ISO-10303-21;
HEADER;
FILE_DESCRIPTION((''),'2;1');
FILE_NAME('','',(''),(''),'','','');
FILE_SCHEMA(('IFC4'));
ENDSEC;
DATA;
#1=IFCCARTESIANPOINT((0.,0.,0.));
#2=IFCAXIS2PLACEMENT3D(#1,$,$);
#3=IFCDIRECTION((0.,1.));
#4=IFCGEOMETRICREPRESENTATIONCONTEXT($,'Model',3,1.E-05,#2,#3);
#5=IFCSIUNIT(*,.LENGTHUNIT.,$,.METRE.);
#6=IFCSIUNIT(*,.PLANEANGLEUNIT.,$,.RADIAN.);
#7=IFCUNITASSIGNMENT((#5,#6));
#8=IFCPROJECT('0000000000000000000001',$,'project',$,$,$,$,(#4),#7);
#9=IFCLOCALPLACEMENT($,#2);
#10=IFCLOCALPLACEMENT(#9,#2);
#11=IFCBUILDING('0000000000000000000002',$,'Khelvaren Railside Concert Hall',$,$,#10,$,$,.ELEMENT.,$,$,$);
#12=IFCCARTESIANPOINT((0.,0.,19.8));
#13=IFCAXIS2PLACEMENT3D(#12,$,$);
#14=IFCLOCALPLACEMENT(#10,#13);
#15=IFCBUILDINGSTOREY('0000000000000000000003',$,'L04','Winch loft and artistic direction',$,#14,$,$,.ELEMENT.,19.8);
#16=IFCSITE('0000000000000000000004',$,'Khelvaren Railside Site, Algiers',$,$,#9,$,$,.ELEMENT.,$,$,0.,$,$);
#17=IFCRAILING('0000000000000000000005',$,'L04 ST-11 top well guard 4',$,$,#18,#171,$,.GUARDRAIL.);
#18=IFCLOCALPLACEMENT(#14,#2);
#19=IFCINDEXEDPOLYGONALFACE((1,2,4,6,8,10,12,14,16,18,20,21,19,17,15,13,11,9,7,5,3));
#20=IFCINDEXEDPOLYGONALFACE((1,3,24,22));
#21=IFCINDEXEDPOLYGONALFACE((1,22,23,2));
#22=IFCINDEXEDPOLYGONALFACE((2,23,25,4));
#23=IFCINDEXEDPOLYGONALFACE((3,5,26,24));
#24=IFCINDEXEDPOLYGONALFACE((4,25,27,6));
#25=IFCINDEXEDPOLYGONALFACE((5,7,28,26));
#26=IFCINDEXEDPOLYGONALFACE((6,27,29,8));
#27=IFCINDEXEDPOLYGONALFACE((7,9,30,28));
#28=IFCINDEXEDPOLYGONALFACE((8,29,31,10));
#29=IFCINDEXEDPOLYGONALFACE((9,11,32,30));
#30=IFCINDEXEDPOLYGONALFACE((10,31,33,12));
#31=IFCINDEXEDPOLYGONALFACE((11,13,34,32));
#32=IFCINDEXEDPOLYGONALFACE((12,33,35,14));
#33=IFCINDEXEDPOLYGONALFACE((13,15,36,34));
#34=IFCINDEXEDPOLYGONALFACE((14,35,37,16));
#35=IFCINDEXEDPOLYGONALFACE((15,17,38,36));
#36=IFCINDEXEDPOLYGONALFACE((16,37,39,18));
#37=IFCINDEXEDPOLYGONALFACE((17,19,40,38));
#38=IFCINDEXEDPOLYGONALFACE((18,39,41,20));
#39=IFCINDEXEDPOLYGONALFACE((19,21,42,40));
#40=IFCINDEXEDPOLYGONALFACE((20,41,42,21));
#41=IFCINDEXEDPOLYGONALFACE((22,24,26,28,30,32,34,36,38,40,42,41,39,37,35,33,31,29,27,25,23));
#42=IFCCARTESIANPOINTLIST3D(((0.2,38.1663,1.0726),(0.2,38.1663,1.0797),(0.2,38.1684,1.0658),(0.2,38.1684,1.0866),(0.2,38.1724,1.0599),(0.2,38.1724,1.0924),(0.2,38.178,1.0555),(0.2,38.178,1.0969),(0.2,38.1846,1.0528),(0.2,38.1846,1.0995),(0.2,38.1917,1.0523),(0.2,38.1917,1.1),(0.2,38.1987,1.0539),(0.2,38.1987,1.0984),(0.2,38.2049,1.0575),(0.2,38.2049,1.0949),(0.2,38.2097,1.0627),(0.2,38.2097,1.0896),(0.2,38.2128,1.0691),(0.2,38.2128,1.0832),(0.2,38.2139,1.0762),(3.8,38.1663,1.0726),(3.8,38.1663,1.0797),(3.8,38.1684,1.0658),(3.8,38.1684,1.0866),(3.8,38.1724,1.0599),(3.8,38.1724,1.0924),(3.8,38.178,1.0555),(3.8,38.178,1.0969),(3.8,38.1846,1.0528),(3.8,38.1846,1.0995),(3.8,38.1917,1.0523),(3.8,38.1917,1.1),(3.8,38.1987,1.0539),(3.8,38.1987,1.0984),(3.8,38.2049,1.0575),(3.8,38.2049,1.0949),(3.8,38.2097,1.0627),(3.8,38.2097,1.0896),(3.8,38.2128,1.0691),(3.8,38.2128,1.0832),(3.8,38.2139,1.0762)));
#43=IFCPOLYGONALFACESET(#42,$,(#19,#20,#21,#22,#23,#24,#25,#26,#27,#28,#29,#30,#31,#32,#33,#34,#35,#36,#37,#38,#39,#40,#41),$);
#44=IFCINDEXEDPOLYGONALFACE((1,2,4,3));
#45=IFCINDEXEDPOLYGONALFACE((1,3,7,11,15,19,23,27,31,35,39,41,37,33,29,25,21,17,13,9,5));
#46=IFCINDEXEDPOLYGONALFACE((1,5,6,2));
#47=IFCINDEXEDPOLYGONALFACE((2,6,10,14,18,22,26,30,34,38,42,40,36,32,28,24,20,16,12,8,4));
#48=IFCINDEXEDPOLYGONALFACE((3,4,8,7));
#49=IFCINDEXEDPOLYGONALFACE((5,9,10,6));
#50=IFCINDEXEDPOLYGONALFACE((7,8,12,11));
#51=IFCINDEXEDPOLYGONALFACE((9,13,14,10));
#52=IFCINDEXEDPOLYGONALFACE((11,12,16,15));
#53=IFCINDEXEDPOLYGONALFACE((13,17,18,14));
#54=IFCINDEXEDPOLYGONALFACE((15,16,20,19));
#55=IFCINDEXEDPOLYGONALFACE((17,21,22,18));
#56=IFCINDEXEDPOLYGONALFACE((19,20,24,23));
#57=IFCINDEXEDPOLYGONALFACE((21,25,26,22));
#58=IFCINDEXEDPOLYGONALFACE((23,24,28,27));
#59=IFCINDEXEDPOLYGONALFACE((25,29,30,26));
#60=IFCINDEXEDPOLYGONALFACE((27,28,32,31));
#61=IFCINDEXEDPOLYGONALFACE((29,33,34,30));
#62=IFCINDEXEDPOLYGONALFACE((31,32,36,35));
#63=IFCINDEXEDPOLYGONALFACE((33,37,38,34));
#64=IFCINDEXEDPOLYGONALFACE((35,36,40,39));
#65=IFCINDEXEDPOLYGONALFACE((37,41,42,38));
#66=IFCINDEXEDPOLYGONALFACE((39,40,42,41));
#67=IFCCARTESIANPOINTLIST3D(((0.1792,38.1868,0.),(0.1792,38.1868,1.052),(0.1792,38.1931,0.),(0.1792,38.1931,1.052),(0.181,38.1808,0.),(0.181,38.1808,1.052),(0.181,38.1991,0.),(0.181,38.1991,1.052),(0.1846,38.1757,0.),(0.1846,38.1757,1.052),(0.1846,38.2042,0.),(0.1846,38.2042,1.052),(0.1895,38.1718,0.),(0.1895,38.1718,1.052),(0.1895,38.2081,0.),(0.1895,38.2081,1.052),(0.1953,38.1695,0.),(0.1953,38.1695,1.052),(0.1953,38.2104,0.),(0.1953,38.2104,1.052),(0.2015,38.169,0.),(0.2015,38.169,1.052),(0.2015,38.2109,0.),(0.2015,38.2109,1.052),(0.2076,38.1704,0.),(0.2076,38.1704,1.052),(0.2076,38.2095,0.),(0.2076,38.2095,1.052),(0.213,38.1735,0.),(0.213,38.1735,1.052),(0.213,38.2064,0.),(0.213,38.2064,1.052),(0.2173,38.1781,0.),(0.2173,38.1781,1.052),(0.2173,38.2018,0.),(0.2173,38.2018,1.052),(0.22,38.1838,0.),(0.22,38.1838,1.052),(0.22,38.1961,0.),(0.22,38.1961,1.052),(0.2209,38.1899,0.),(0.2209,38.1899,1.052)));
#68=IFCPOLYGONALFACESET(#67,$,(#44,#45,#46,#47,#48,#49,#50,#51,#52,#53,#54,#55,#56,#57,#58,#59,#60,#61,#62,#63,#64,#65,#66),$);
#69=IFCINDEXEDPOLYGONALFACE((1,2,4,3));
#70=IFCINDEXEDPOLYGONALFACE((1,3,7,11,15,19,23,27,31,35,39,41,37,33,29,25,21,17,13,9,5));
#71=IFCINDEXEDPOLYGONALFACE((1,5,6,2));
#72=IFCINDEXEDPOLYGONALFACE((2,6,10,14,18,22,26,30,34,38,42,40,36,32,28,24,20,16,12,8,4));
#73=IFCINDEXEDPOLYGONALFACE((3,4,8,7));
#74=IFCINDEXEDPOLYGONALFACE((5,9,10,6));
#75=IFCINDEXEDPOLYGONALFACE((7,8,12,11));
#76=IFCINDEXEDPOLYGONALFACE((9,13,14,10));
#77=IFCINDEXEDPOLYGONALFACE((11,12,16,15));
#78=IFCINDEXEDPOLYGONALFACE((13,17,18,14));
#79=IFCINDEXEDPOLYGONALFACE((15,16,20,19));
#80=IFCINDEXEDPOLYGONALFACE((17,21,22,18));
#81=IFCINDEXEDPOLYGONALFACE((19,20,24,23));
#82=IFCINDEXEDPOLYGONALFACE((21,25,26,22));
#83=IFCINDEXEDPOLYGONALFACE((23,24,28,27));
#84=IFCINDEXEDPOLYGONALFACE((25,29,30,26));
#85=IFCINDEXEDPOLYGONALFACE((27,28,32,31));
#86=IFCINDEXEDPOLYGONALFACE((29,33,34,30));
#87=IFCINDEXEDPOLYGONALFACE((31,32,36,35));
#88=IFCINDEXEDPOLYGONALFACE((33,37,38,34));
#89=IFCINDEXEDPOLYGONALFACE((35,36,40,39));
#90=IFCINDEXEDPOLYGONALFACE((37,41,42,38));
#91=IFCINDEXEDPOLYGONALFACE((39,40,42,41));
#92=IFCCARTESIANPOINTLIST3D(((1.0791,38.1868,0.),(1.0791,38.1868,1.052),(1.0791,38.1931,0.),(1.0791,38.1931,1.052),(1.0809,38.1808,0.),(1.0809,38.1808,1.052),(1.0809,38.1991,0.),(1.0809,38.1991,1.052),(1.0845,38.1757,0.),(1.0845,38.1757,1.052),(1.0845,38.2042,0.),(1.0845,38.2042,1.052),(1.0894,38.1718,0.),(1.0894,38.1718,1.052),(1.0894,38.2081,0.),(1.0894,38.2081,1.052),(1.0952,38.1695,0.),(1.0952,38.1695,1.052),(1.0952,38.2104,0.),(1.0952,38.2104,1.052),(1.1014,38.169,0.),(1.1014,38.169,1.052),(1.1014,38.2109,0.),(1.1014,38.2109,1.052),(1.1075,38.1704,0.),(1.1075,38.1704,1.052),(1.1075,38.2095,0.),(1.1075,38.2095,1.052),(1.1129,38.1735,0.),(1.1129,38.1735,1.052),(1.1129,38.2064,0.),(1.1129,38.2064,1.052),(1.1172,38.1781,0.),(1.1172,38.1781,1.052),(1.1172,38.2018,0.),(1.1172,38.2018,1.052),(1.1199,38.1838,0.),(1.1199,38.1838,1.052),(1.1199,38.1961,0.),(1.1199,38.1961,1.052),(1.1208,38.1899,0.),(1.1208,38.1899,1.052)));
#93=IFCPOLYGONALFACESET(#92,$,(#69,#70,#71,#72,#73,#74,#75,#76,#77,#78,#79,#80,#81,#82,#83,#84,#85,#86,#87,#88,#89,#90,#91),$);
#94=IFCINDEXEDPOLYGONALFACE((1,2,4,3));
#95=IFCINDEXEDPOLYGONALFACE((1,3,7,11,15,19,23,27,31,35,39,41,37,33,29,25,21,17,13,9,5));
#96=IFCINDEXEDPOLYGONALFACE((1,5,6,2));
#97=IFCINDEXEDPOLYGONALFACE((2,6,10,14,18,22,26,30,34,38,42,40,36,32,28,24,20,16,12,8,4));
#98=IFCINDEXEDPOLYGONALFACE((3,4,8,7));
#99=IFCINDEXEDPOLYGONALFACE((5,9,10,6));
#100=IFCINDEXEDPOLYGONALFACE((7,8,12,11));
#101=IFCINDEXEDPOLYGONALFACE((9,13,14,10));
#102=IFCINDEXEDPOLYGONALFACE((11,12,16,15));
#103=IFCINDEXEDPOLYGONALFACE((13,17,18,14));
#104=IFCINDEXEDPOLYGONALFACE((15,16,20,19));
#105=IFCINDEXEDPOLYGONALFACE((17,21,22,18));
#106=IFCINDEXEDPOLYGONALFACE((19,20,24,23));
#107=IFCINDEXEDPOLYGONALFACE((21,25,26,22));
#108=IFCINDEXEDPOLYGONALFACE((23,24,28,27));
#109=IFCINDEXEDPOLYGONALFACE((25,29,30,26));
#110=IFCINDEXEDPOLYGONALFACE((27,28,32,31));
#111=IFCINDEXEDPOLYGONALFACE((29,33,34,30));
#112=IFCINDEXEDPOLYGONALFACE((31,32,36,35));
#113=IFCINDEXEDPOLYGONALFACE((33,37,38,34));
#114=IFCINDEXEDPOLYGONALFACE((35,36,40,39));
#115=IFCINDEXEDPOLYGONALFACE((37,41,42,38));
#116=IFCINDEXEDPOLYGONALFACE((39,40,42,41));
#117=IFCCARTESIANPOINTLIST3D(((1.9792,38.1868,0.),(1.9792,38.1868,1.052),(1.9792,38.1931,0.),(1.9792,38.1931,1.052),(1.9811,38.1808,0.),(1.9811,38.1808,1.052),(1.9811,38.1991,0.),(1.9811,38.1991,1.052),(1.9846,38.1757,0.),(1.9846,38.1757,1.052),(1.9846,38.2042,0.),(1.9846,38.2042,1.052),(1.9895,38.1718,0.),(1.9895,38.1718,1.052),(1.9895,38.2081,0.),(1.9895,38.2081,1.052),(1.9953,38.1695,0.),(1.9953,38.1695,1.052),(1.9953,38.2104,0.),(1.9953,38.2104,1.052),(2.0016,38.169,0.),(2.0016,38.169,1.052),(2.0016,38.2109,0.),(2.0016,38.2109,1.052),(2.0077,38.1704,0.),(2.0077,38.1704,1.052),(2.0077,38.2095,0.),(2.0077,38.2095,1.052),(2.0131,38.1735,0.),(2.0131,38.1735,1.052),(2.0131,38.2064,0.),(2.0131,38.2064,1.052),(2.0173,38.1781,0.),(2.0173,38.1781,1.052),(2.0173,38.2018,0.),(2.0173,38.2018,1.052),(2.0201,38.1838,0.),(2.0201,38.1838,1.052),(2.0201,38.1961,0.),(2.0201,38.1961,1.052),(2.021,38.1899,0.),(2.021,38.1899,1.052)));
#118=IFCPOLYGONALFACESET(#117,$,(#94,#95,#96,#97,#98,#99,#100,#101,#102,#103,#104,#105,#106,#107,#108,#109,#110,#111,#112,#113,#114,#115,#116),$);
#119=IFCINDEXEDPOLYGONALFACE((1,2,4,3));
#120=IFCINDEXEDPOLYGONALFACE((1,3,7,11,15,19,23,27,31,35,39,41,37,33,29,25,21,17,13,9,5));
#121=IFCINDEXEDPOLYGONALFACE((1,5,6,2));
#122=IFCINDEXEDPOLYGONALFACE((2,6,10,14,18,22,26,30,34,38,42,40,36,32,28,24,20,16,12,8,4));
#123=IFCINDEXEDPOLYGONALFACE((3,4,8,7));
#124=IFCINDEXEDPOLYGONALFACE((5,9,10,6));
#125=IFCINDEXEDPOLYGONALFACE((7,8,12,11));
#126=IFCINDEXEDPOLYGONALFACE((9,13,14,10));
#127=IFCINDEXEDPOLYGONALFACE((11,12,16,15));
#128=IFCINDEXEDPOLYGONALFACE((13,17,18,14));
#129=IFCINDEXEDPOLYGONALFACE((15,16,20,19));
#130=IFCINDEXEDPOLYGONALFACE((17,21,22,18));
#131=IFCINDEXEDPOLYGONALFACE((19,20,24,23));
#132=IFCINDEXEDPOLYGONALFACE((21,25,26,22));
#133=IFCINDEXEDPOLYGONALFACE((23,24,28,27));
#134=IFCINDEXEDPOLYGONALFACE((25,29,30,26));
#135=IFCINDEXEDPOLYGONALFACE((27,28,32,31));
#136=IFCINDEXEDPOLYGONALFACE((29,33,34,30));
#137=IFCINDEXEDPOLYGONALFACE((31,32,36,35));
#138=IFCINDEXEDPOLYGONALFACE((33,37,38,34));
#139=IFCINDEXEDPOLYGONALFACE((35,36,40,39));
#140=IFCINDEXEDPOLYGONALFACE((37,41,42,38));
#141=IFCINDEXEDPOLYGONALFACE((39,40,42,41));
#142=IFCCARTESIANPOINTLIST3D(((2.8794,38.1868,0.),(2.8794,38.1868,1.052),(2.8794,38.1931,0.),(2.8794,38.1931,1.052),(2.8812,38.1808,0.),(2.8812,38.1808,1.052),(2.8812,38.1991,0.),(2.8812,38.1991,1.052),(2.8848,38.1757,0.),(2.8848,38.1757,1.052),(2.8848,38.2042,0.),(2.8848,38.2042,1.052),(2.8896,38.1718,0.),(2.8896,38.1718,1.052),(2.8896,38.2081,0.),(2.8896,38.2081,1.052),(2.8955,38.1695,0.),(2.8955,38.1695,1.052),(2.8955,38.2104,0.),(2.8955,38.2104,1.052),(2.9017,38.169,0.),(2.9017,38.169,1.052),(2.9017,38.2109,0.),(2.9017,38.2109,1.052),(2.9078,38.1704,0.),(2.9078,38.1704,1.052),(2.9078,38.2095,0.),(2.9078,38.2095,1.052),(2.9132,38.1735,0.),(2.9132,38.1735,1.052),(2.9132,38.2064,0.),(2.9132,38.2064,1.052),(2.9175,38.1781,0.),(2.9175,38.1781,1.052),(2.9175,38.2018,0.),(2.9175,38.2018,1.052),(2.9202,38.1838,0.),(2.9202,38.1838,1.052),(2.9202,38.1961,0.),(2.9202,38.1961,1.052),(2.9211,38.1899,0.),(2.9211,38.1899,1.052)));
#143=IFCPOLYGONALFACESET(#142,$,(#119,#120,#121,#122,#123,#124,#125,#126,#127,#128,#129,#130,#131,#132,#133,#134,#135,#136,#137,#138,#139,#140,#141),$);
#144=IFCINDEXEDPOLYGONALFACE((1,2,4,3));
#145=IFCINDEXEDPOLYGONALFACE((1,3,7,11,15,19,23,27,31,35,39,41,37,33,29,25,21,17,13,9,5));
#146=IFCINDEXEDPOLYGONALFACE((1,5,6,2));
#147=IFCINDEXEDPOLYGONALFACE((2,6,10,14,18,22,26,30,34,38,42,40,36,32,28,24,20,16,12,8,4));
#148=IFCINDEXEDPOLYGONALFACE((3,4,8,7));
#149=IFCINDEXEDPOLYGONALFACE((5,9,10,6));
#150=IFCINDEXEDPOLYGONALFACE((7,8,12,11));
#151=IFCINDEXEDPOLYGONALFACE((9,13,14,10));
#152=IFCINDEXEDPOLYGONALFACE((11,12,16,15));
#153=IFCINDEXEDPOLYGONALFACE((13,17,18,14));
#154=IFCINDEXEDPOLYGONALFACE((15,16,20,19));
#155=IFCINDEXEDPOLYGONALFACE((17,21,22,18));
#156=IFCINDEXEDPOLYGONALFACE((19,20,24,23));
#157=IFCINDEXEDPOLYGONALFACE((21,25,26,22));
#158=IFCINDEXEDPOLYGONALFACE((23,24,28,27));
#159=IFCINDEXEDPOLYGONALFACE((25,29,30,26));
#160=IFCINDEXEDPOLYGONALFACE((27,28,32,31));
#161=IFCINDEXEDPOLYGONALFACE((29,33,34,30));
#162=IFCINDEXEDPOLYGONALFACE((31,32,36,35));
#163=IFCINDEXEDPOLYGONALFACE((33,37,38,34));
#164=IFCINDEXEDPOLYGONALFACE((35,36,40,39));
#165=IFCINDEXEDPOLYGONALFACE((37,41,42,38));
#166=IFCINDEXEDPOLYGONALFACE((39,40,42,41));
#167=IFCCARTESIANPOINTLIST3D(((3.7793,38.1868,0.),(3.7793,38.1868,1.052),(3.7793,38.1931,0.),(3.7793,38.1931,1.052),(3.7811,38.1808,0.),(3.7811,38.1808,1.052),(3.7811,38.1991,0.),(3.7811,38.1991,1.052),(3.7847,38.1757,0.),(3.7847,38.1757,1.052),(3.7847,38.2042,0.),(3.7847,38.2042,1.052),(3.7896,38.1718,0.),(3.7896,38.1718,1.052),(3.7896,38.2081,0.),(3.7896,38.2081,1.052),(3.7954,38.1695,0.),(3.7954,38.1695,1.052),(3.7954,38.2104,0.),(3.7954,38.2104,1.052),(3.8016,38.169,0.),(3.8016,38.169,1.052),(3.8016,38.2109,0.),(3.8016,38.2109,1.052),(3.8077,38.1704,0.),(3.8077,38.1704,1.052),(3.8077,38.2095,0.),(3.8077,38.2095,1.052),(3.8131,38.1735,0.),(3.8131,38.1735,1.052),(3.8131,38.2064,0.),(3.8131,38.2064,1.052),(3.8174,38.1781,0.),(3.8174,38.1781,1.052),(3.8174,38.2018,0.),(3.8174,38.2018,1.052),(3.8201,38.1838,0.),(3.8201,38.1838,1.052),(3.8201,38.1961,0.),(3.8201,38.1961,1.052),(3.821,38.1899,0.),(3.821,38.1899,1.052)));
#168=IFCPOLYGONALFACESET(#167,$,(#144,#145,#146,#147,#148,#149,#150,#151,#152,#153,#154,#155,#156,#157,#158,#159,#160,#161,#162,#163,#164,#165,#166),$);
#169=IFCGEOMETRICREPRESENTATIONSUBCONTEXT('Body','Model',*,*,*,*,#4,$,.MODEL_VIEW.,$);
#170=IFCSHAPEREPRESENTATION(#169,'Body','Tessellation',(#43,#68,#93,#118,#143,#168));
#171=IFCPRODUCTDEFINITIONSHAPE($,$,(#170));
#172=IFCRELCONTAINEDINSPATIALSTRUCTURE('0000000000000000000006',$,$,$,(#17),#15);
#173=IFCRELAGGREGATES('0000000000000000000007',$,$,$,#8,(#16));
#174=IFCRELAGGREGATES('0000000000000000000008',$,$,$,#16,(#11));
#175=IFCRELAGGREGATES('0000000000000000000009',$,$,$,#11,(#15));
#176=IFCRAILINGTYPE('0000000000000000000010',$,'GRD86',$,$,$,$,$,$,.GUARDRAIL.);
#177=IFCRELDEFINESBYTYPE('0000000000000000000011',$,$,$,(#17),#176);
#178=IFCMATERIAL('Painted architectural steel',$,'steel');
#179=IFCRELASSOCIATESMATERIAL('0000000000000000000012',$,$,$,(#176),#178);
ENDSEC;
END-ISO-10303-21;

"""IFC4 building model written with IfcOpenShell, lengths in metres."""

from ifc_helpers import new_model, si_unit, direction, frame, origin, origin_2d, place, context, subcontext, project, spatial, circle, extrude, material, type_object, element, save


model = new_model("IFC4")

# Units and contexts
model_context = context("Model", 3, precision=1e-05, world=origin(), true_north=direction((0.0, 1.0)))
body_context = subcontext(model_context, "Body", "Model", "MODEL_VIEW")
ifc_project = project(units=[si_unit("LENGTHUNIT", "METRE"), si_unit("PLANEANGLEUNIT", "RADIAN")], contexts=[model_context])

# Site, building, storey
site_placement = place(None, origin())
site = spatial("IfcSite", under=ifc_project, at=site_placement, Name="Khelvaren Railside Site, Algiers", CompositionType="ELEMENT", RefElevation=0.0)
building_placement = place(site_placement, origin())
building = spatial("IfcBuilding", under=site, at=building_placement, Name="Khelvaren Railside Concert Hall", CompositionType="ELEMENT")
storey_placement = place(building_placement, frame((0.0, 0.0, 19.8)))
storey = spatial("IfcBuildingStorey", under=building, at=storey_placement, Name="L04", Description="Winch loft and artistic direction", CompositionType="ELEMENT", Elevation=19.8)

# Railing
ifc_material_1 = material(Name="Painted architectural steel", Category="steel")
railing_type = type_object("IfcRailingType", Name="GRD86", PredefinedType="GUARDRAIL", material=ifc_material_1)
railing_placement = place(storey_placement, frame((0.2, 38.1899, 0.0)))
element("IfcRailing", 1, at=railing_placement, inside=storey, type_object=railing_type, Name="L04 ST-11 top well guard 4", PredefinedType="GUARDRAIL", context=body_context, shape_type="SweptSolid", body=[
    extrude(circle(Radius=0.0239, at=origin_2d()), frame((0.0, 0.0, 1.0762), z_axis=(1.0, 0.0, 0.0), x_axis=(0.0, 1.0, 0.0)), (0.0, 0.0, 1.0), 3.6001),
    extrude(circle(Radius=0.021, at=origin_2d()), origin(), (0.0, 0.0, 1.0), 1.052),
    extrude(circle(Radius=0.021, at=origin_2d()), frame((0.8999, 0.0, 0.0)), (0.0, 0.0, 1.0), 1.052),
    extrude(circle(Radius=0.021, at=origin_2d()), frame((1.8, 0.0, 0.0)), (0.0, 0.0, 1.0), 1.052),
    extrude(circle(Radius=0.021, at=origin_2d()), frame((2.7002, 0.0, 0.0)), (0.0, 0.0, 1.0), 1.052),
    extrude(circle(Radius=0.021, at=origin_2d()), frame((3.6001, 0.0, 0.0)), (0.0, 0.0, 1.0), 1.052),
])

save(model, "model.ifc")
